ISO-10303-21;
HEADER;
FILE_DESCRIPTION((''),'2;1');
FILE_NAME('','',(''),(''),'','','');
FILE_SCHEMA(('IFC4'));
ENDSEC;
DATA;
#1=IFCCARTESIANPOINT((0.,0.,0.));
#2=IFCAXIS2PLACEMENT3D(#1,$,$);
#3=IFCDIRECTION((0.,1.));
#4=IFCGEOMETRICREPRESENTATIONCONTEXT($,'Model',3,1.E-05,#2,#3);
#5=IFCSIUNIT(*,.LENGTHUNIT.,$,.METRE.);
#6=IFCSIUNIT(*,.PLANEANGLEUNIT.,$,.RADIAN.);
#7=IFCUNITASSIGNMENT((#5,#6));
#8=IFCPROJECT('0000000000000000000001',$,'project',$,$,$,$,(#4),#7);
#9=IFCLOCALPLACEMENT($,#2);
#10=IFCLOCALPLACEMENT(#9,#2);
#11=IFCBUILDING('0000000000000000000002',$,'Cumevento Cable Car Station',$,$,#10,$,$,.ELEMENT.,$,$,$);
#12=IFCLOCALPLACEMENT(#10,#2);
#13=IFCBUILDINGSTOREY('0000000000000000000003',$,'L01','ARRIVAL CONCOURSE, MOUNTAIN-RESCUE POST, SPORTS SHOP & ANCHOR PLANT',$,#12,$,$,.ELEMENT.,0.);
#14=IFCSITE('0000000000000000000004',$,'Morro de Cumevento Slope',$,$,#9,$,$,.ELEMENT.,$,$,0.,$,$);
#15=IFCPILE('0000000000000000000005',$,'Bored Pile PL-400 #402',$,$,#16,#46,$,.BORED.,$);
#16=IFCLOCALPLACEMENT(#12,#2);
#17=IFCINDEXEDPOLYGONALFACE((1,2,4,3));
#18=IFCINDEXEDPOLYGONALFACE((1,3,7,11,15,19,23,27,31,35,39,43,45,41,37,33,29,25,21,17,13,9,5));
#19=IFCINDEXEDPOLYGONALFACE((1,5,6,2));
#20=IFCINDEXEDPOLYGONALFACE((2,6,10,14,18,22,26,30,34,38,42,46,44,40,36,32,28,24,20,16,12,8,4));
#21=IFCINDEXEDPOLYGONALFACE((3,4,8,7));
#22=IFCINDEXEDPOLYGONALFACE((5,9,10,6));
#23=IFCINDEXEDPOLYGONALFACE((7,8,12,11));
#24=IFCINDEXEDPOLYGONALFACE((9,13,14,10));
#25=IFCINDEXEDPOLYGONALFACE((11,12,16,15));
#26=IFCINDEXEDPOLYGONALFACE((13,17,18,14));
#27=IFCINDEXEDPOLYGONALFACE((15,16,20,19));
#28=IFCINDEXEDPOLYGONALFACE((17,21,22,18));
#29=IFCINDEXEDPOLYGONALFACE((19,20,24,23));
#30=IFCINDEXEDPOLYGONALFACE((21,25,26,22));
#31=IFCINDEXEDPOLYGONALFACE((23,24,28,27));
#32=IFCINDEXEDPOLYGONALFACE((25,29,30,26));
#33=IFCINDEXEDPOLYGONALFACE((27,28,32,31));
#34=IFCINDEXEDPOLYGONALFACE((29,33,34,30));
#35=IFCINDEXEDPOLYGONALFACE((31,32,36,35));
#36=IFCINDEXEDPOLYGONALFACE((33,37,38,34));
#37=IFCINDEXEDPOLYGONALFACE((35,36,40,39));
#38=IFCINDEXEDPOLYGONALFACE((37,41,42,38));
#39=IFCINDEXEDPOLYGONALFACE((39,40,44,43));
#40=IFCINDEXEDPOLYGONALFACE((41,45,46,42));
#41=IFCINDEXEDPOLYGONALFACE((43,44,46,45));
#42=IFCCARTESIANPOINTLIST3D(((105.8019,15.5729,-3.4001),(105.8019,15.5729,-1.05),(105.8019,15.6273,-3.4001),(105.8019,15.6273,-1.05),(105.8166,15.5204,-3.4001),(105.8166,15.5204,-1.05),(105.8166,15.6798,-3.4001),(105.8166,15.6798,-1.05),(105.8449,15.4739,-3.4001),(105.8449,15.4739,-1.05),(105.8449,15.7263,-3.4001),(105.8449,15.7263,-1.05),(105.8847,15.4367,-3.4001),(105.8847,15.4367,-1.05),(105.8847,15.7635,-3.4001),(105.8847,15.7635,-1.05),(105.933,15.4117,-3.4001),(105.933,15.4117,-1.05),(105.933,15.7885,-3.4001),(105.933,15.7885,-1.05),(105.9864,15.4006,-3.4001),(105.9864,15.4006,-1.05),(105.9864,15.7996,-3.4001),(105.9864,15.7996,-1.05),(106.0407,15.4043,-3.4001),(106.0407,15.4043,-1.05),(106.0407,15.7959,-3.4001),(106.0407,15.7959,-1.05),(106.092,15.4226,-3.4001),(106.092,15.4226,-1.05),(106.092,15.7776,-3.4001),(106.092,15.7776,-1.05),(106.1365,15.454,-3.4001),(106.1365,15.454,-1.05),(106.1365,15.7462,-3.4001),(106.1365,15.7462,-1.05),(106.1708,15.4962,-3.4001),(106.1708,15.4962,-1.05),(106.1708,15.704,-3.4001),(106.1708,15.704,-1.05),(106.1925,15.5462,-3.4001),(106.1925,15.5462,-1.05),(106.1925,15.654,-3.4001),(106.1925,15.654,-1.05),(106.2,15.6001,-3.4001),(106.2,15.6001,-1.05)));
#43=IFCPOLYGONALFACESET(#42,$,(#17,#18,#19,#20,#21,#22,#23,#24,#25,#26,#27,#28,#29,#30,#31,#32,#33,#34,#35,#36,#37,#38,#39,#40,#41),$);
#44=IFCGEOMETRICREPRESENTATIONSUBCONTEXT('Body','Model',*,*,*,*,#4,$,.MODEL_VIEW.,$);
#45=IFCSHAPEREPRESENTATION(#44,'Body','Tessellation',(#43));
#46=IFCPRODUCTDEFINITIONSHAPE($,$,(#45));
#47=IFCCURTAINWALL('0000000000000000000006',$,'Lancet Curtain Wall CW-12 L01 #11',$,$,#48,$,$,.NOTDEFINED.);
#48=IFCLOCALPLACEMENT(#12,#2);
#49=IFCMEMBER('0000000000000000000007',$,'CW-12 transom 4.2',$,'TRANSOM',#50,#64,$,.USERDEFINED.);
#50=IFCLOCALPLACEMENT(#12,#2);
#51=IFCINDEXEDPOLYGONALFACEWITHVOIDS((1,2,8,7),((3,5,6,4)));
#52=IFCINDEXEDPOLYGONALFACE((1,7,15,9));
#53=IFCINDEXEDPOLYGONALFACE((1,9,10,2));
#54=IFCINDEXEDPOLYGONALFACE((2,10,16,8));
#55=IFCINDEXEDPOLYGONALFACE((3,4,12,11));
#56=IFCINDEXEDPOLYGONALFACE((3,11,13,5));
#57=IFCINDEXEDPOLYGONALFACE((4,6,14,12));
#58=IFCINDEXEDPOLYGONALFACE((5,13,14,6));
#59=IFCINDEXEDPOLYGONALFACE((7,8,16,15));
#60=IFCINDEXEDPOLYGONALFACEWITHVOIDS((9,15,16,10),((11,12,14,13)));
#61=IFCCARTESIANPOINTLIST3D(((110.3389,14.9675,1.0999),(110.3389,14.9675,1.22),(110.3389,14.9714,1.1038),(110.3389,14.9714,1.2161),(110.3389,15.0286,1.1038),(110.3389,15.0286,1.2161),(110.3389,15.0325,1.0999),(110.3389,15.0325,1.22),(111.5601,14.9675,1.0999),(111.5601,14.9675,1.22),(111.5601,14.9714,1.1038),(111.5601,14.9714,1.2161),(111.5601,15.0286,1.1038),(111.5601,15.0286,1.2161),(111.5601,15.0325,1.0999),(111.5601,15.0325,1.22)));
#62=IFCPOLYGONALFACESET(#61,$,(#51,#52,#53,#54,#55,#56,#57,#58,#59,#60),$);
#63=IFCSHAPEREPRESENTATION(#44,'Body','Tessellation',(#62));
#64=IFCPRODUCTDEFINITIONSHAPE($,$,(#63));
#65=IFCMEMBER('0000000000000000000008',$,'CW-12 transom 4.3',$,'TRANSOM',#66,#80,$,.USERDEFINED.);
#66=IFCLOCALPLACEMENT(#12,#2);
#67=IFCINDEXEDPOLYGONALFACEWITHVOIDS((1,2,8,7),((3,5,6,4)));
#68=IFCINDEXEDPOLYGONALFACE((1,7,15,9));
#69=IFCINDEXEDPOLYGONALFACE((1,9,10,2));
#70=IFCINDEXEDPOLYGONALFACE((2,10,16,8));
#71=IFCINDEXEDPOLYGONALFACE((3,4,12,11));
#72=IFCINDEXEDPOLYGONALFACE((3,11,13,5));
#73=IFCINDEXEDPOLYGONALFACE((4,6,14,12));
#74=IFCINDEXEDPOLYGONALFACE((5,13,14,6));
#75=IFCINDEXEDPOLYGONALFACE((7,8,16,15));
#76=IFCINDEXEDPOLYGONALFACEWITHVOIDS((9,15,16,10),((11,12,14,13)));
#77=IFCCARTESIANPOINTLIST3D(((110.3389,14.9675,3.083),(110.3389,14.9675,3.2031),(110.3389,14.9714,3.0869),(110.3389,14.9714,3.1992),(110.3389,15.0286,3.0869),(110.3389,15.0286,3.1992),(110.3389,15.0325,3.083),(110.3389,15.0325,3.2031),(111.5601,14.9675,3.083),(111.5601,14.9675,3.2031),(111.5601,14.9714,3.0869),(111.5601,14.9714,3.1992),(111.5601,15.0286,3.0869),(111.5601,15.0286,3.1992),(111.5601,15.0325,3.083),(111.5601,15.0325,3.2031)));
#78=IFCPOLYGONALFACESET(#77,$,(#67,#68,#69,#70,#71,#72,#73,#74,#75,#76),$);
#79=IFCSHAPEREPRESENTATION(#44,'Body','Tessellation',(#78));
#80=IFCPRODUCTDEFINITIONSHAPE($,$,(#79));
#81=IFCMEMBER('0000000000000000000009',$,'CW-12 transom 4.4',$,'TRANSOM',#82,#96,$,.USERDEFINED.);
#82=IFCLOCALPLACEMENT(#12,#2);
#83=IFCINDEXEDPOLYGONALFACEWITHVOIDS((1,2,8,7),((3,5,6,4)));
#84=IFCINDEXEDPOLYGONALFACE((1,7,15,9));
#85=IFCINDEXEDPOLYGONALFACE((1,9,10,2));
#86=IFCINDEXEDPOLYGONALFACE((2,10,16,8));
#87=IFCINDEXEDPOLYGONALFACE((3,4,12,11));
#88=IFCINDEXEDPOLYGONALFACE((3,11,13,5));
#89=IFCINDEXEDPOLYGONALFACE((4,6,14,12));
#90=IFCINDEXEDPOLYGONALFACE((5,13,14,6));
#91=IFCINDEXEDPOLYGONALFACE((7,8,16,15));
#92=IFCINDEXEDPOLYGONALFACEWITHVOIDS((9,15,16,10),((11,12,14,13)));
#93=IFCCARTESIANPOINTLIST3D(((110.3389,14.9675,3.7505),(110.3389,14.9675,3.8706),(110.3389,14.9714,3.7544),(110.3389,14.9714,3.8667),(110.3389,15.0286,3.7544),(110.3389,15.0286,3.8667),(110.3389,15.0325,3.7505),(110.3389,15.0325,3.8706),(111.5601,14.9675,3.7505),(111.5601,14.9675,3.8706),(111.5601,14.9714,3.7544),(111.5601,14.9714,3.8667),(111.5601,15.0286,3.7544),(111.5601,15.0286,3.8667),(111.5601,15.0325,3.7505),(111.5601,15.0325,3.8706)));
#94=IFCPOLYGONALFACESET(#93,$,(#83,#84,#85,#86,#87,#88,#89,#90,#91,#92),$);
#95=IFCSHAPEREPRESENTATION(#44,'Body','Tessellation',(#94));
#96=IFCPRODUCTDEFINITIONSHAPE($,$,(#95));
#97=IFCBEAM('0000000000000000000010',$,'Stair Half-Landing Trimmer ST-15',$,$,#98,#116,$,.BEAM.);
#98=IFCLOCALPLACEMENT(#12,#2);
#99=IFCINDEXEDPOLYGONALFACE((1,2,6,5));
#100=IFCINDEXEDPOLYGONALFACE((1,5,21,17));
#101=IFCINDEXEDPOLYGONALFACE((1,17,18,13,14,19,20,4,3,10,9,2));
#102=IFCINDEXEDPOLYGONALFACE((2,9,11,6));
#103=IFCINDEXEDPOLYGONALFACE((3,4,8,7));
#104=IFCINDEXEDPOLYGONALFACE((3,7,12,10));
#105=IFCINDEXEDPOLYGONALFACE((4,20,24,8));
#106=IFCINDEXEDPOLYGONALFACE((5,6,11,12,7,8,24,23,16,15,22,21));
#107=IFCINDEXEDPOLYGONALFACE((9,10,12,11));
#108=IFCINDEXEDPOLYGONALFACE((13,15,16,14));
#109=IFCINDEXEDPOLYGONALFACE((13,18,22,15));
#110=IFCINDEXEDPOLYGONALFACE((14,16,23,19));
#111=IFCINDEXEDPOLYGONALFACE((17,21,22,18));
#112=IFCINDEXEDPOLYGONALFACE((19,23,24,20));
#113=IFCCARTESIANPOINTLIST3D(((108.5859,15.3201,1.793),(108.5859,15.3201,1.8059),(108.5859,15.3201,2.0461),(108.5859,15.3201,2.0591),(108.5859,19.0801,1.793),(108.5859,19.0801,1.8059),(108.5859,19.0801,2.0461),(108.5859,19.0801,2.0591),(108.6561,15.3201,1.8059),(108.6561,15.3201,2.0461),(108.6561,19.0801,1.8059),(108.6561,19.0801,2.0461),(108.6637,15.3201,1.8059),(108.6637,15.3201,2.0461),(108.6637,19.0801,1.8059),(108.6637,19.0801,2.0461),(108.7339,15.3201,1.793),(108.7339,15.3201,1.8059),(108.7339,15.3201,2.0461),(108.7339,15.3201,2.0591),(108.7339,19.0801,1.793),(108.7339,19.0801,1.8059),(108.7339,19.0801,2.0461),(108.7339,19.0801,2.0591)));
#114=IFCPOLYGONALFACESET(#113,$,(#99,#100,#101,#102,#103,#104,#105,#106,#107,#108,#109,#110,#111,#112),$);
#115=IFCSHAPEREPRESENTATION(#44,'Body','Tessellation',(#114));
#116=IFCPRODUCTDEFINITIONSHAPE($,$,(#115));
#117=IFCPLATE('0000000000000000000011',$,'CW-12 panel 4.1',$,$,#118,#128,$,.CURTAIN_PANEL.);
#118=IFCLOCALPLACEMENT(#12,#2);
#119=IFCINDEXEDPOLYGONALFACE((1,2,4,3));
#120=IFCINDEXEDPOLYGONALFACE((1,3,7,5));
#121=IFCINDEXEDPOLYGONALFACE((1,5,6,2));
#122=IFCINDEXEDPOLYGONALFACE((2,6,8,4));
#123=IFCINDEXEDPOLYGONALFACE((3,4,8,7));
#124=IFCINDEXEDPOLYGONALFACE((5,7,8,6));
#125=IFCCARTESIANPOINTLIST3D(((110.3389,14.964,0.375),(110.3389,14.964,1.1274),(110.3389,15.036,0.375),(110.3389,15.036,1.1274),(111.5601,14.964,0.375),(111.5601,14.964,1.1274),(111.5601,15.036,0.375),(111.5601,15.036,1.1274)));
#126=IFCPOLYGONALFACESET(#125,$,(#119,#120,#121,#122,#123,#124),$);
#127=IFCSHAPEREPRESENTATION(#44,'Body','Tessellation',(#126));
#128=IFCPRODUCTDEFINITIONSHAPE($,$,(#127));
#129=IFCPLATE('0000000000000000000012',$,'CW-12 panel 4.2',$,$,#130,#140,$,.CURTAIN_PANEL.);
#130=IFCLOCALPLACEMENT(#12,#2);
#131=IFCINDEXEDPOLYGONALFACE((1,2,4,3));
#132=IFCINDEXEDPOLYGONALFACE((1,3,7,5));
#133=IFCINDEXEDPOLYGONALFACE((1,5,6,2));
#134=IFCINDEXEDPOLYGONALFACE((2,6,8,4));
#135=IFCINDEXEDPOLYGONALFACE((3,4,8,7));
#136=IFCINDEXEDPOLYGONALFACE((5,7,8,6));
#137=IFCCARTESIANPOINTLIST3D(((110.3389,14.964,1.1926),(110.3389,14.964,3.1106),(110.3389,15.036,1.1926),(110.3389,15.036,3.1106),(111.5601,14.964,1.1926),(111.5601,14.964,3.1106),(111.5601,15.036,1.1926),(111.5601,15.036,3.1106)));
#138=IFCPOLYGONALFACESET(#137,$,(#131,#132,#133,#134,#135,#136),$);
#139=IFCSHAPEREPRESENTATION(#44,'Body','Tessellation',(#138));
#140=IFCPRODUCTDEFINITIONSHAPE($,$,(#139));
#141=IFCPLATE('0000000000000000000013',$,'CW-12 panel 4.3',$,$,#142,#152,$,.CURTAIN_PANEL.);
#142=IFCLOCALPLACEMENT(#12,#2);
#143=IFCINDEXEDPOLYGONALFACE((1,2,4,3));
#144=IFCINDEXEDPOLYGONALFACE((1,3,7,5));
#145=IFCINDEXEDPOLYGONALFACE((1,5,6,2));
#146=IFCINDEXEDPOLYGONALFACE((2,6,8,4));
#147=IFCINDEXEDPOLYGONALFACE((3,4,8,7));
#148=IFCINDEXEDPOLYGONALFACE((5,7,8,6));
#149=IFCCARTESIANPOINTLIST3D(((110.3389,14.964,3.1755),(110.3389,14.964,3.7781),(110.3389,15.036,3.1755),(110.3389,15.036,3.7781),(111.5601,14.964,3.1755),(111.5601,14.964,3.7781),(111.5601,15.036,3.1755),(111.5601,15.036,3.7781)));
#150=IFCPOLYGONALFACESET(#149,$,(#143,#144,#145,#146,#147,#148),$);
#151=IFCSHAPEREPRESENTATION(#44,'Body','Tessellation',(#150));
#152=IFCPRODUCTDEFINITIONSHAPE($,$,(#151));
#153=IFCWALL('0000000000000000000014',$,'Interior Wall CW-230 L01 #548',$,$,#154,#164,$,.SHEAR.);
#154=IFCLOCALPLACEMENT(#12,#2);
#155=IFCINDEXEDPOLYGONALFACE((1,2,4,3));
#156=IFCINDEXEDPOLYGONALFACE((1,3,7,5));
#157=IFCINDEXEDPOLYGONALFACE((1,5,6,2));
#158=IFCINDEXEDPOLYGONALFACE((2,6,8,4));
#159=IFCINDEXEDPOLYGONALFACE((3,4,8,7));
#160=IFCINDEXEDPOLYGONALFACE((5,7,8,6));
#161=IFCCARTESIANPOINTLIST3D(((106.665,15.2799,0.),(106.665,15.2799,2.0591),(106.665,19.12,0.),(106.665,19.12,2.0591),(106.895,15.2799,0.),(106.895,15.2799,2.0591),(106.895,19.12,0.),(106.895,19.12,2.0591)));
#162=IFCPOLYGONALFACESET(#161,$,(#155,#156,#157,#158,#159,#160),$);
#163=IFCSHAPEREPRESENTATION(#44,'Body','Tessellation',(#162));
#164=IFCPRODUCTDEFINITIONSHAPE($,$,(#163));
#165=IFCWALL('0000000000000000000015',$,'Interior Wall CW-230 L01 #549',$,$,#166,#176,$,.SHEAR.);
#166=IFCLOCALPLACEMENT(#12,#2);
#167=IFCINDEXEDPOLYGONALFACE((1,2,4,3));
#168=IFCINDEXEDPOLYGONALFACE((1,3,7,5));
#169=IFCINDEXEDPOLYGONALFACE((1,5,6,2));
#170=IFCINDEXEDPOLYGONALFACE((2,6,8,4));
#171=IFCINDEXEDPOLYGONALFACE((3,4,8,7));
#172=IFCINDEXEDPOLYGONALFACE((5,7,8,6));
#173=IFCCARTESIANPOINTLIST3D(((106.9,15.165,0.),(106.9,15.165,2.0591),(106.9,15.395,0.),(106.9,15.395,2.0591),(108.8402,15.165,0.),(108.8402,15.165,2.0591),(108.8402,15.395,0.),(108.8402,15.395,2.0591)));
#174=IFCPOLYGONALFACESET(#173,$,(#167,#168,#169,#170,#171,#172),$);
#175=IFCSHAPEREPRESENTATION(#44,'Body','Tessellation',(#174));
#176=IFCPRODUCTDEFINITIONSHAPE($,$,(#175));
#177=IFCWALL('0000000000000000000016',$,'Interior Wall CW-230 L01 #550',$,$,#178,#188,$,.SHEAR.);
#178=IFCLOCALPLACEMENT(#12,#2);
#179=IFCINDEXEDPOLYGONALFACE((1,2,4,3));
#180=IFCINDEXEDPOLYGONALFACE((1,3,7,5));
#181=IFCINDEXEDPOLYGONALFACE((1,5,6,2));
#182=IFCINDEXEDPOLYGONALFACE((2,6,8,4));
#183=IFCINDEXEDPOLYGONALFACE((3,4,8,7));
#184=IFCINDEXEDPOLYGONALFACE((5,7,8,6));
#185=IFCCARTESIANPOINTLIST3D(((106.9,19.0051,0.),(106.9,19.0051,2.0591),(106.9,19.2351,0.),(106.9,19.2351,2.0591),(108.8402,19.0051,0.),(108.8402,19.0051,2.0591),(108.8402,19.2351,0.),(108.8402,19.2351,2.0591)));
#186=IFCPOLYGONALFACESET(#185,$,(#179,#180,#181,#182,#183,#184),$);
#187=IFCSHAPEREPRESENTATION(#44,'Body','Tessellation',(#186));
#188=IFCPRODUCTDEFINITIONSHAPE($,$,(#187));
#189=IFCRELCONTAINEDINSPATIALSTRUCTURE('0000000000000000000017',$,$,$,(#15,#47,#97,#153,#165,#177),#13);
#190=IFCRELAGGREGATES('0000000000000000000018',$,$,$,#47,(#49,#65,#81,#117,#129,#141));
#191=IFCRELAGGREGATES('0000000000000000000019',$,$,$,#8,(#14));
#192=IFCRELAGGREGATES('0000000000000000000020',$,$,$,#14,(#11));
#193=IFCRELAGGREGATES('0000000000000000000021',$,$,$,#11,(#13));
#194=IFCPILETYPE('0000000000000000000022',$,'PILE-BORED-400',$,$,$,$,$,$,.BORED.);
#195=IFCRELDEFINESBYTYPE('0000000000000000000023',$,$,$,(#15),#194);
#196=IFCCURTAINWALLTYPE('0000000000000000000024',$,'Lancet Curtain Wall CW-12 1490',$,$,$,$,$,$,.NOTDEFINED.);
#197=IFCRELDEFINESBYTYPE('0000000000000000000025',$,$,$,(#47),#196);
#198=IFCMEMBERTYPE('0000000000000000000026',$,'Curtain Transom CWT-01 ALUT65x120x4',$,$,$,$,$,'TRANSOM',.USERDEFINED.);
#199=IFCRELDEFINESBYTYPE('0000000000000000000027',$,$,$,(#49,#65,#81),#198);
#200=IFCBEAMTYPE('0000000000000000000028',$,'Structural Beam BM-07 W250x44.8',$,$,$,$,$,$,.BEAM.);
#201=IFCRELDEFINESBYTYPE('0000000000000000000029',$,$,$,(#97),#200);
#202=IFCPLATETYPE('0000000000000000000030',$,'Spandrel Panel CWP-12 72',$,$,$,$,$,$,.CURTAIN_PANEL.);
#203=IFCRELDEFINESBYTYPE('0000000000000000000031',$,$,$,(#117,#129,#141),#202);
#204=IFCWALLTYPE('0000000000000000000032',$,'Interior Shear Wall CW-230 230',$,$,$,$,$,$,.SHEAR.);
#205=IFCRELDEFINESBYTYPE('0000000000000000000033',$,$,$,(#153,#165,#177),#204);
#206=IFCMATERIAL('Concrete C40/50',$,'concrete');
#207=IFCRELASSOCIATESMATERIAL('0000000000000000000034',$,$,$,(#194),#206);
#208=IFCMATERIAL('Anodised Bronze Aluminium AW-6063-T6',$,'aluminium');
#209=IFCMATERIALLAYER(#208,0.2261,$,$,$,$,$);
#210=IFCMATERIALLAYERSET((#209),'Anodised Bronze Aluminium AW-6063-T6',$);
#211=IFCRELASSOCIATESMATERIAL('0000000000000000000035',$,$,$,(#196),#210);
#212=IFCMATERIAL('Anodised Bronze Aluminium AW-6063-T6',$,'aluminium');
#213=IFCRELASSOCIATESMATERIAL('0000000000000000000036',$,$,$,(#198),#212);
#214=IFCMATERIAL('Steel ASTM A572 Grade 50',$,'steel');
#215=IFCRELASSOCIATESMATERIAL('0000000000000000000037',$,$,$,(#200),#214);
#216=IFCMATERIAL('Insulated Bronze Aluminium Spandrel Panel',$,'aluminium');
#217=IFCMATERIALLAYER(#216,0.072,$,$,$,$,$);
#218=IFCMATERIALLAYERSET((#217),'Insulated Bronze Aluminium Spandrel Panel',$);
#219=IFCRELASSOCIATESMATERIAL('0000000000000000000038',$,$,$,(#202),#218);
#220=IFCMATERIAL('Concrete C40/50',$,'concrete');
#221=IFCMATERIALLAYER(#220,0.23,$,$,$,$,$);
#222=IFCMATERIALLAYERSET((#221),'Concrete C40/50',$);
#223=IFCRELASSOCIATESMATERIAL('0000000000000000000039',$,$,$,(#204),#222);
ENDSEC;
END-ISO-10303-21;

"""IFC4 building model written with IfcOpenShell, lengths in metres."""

from ifc_helpers import new_model, si_unit, direction, frame, frame_2d, origin, origin_2d, place, context, subcontext, project, spatial, rectangle, hollow_rectangle, circle, i_section, extrude, material, layer, layer_set, material_profile, profile_set, type_object, element, aggregate, save


model = new_model("IFC4")

# Units and contexts
model_context = context("Model", 3, precision=1e-05, world=origin(), true_north=direction((0.0, 1.0)))
body_context = subcontext(model_context, "Body", "Model", "MODEL_VIEW")
ifc_project = project(units=[si_unit("LENGTHUNIT", "METRE"), si_unit("PLANEANGLEUNIT", "RADIAN")], contexts=[model_context])

# Site, building, storey
site_placement = place(None, origin())
site = spatial("IfcSite", under=ifc_project, at=site_placement, Name="Morro de Cumevento Slope", CompositionType="ELEMENT", RefElevation=0.0)
building_placement = place(site_placement, origin())
building = spatial("IfcBuilding", under=site, at=building_placement, Name="Cumevento Cable Car Station", CompositionType="ELEMENT")
storey_placement = place(building_placement, origin())
storey = spatial("IfcBuildingStorey", under=building, at=storey_placement, Name="L01", Description="ARRIVAL CONCOURSE, MOUNTAIN-RESCUE POST, SPORTS SHOP & ANCHOR PLANT", CompositionType="ELEMENT", Elevation=0.0)

# Pile
ifc_material_1 = material(Name="Concrete C40/50", Category="concrete")
ifc_material_profile_1 = material_profile(ifc_material_1, circle(Radius=0.2, at=origin_2d()), Name="PILE-D400")
ifc_profile_set_1 = profile_set([ifc_material_profile_1], Name="Concrete C40/50")
pile_type = type_object("IfcPileType", Name="PILE-BORED-400", PredefinedType="BORED", material=ifc_profile_set_1)
pile_placement = place(storey_placement, frame((106.0, 15.6001, -1.05), z_axis=(0.0, 0.0, -1.0), x_axis=(1.0, 0.0, 0.0)))
element("IfcPile", 1, at=pile_placement, inside=storey, type_object=pile_type, Name="Bored Pile PL-400 #402", PredefinedType="BORED", context=body_context, shape_type="SweptSolid", body=[
    extrude(circle(Radius=0.2, at=origin_2d()), origin(), (0.0, 0.0, 1.0), 2.3501),
])

# Curtain wall, members
ifc_material_2 = material(Name="Anodised Bronze Aluminium AW-6063-T6", Category="aluminium")
ifc_layer_1 = layer(ifc_material_2, 0.2261)
ifc_layer_set_1 = layer_set([ifc_layer_1], Name="Anodised Bronze Aluminium AW-6063-T6")
curtain_wall_type = type_object("IfcCurtainWallType", Name="Lancet Curtain Wall CW-12 1490", PredefinedType="NOTDEFINED", material=ifc_layer_set_1)
curtain_wall_placement = place(storey_placement, origin())
curtain_wall = element("IfcCurtainWall", 2, at=curtain_wall_placement, inside=storey, type_object=curtain_wall_type, Name="Lancet Curtain Wall CW-12 L01 #11", PredefinedType="NOTDEFINED")
ifc_material_3 = material(Name="Anodised Bronze Aluminium AW-6063-T6", Category="aluminium")
ifc_material_profile_2 = material_profile(ifc_material_3, hollow_rectangle(XDim=0.0649, YDim=0.1201, WallThickness=0.0039, at=origin_2d()), Name="ALUT65x120x4")
ifc_profile_set_2 = profile_set([ifc_material_profile_2], Name="Anodised Bronze Aluminium AW-6063-T6")
member_type = type_object("IfcMemberType", Name="Curtain Transom CWT-01 ALUT65x120x4", ElementType="TRANSOM", PredefinedType="USERDEFINED", material=ifc_profile_set_2)
member_1_placement = place(storey_placement, frame((110.3389, 15.0, 1.1599), z_axis=(1.0, 0.0, 0.0), x_axis=(0.0, 1.0, 0.0)))
member_1 = element("IfcMember", 3, at=member_1_placement, type_object=member_type, Name="CW-12 transom 4.2", ObjectType="TRANSOM", PredefinedType="USERDEFINED", context=body_context, shape_type="SweptSolid", body=[
    extrude(hollow_rectangle(XDim=0.0649, YDim=0.1201, WallThickness=0.0039, at=origin_2d()), origin(), (0.0, 0.0, 1.0), 1.2212),
])
member_2_placement = place(storey_placement, frame((110.3389, 15.0, 3.1431), z_axis=(1.0, 0.0, 0.0), x_axis=(0.0, 1.0, 0.0)))
member_2 = element("IfcMember", 4, at=member_2_placement, type_object=member_type, Name="CW-12 transom 4.3", ObjectType="TRANSOM", PredefinedType="USERDEFINED", context=body_context, shape_type="SweptSolid", body=[
    extrude(hollow_rectangle(XDim=0.0649, YDim=0.1201, WallThickness=0.0039, at=origin_2d()), origin(), (0.0, 0.0, 1.0), 1.2212),
])
member_3_placement = place(storey_placement, frame((110.3389, 15.0, 3.8105), z_axis=(1.0, 0.0, 0.0), x_axis=(0.0, 1.0, 0.0)))
member_3 = element("IfcMember", 5, at=member_3_placement, type_object=member_type, Name="CW-12 transom 4.4", ObjectType="TRANSOM", PredefinedType="USERDEFINED", context=body_context, shape_type="SweptSolid", body=[
    extrude(hollow_rectangle(XDim=0.0649, YDim=0.1201, WallThickness=0.0039, at=origin_2d()), origin(), (0.0, 0.0, 1.0), 1.2212),
])

# Beam
ifc_material_4 = material(Name="Steel ASTM A572 Grade 50", Category="steel")
ifc_material_profile_3 = material_profile(ifc_material_4, i_section(OverallWidth=0.1479, OverallDepth=0.2661, WebThickness=0.0076, FlangeThickness=0.0129, at=origin_2d()), Name="W250x44.8")
ifc_profile_set_3 = profile_set([ifc_material_profile_3], Name="Steel ASTM A572 Grade 50")
beam_type = type_object("IfcBeamType", Name="Structural Beam BM-07 W250x44.8", PredefinedType="BEAM", material=ifc_profile_set_3)
beam_placement = place(storey_placement, frame((108.6599, 15.3201, 1.926), z_axis=(0.0, 1.0, 0.0), x_axis=(-1.0, 0.0, 0.0)))
element("IfcBeam", 6, at=beam_placement, inside=storey, type_object=beam_type, Name="Stair Half-Landing Trimmer ST-15", PredefinedType="BEAM", context=body_context, shape_type="SweptSolid", body=[
    extrude(i_section(OverallWidth=0.1479, OverallDepth=0.2661, WebThickness=0.0076, FlangeThickness=0.0129, at=origin_2d()), origin(), (0.0, 0.0, 1.0), 3.76),
])

# Plates
ifc_material_5 = material(Name="Insulated Bronze Aluminium Spandrel Panel", Category="aluminium")
ifc_layer_2 = layer(ifc_material_5, 0.072)
ifc_layer_set_2 = layer_set([ifc_layer_2], Name="Insulated Bronze Aluminium Spandrel Panel")
plate_type = type_object("IfcPlateType", Name="Spandrel Panel CWP-12 72", PredefinedType="CURTAIN_PANEL", material=ifc_layer_set_2)
plate_1_placement = place(storey_placement, frame((110.9495, 15.0, 0.375), z_axis=(0.0, 0.0, 1.0), x_axis=(1.0, 0.0, 0.0)))
plate_1 = element("IfcPlate", 7, at=plate_1_placement, type_object=plate_type, Name="CW-12 panel 4.1", PredefinedType="CURTAIN_PANEL", context=body_context, shape_type="SweptSolid", body=[
    extrude(rectangle(XDim=1.2212, YDim=0.072, at=origin_2d()), origin(), (0.0, 0.0, 1.0), 0.7524),
])
plate_2_placement = place(storey_placement, frame((110.9495, 15.0, 1.1926), z_axis=(0.0, 0.0, 1.0), x_axis=(1.0, 0.0, 0.0)))
plate_2 = element("IfcPlate", 8, at=plate_2_placement, type_object=plate_type, Name="CW-12 panel 4.2", PredefinedType="CURTAIN_PANEL", context=body_context, shape_type="SweptSolid", body=[
    extrude(rectangle(XDim=1.2212, YDim=0.072, at=origin_2d()), origin(), (0.0, 0.0, 1.0), 1.918),
])
plate_3_placement = place(storey_placement, frame((110.9495, 15.0, 3.1755), z_axis=(0.0, 0.0, 1.0), x_axis=(1.0, 0.0, 0.0)))
plate_3 = element("IfcPlate", 9, at=plate_3_placement, type_object=plate_type, Name="CW-12 panel 4.3", PredefinedType="CURTAIN_PANEL", context=body_context, shape_type="SweptSolid", body=[
    extrude(rectangle(XDim=1.2212, YDim=0.072, at=origin_2d()), origin(), (0.0, 0.0, 1.0), 0.6025),
])
aggregate(curtain_wall, [member_1, member_2, member_3, plate_1, plate_2, plate_3])

# Walls
ifc_material_6 = material(Name="Concrete C40/50", Category="concrete")
ifc_layer_3 = layer(ifc_material_6, 0.23)
ifc_layer_set_3 = layer_set([ifc_layer_3], Name="Concrete C40/50")
wall_type = type_object("IfcWallType", Name="Interior Shear Wall CW-230 230", PredefinedType="SHEAR", material=ifc_layer_set_3)
wall_placement = place(storey_placement, frame((106.78, 15.28, 0.0), z_axis=(0.0, 0.0, 1.0), x_axis=(0.0, 1.0, 0.0)))
element("IfcWall", 10, at=wall_placement, inside=storey, type_object=wall_type, Name="Interior Wall CW-230 L01 #548", PredefinedType="SHEAR", context=body_context, shape_type="SweptSolid", body=[
    extrude(rectangle(XDim=3.8401, YDim=0.23, at=frame_2d((1.9199, 0.0))), origin(), (0.0, 0.0, 1.0), 2.0591),
])
for number, where, z_axis, x_axis, name in (
    (11, (106.8999, 15.28, 0.0), (0.0, 0.0, 1.0), (1.0, 0.0, 0.0), "Interior Wall CW-230 L01 #549"),
    (12, (106.8999, 19.1201, 0.0), (0.0, 0.0, 1.0), (1.0, 0.0, 0.0), "Interior Wall CW-230 L01 #550"),
):
    element("IfcWall", number, at=place(storey_placement, frame(where, z_axis=z_axis, x_axis=x_axis)), inside=storey, type_object=wall_type, Name=name, PredefinedType="SHEAR", context=body_context, shape_type="SweptSolid", body=[
        extrude(rectangle(XDim=1.9402, YDim=0.23, at=frame_2d((0.9702, 0.0))), origin(), (0.0, 0.0, 1.0), 2.0591),
    ])

save(model, "model.ifc")
